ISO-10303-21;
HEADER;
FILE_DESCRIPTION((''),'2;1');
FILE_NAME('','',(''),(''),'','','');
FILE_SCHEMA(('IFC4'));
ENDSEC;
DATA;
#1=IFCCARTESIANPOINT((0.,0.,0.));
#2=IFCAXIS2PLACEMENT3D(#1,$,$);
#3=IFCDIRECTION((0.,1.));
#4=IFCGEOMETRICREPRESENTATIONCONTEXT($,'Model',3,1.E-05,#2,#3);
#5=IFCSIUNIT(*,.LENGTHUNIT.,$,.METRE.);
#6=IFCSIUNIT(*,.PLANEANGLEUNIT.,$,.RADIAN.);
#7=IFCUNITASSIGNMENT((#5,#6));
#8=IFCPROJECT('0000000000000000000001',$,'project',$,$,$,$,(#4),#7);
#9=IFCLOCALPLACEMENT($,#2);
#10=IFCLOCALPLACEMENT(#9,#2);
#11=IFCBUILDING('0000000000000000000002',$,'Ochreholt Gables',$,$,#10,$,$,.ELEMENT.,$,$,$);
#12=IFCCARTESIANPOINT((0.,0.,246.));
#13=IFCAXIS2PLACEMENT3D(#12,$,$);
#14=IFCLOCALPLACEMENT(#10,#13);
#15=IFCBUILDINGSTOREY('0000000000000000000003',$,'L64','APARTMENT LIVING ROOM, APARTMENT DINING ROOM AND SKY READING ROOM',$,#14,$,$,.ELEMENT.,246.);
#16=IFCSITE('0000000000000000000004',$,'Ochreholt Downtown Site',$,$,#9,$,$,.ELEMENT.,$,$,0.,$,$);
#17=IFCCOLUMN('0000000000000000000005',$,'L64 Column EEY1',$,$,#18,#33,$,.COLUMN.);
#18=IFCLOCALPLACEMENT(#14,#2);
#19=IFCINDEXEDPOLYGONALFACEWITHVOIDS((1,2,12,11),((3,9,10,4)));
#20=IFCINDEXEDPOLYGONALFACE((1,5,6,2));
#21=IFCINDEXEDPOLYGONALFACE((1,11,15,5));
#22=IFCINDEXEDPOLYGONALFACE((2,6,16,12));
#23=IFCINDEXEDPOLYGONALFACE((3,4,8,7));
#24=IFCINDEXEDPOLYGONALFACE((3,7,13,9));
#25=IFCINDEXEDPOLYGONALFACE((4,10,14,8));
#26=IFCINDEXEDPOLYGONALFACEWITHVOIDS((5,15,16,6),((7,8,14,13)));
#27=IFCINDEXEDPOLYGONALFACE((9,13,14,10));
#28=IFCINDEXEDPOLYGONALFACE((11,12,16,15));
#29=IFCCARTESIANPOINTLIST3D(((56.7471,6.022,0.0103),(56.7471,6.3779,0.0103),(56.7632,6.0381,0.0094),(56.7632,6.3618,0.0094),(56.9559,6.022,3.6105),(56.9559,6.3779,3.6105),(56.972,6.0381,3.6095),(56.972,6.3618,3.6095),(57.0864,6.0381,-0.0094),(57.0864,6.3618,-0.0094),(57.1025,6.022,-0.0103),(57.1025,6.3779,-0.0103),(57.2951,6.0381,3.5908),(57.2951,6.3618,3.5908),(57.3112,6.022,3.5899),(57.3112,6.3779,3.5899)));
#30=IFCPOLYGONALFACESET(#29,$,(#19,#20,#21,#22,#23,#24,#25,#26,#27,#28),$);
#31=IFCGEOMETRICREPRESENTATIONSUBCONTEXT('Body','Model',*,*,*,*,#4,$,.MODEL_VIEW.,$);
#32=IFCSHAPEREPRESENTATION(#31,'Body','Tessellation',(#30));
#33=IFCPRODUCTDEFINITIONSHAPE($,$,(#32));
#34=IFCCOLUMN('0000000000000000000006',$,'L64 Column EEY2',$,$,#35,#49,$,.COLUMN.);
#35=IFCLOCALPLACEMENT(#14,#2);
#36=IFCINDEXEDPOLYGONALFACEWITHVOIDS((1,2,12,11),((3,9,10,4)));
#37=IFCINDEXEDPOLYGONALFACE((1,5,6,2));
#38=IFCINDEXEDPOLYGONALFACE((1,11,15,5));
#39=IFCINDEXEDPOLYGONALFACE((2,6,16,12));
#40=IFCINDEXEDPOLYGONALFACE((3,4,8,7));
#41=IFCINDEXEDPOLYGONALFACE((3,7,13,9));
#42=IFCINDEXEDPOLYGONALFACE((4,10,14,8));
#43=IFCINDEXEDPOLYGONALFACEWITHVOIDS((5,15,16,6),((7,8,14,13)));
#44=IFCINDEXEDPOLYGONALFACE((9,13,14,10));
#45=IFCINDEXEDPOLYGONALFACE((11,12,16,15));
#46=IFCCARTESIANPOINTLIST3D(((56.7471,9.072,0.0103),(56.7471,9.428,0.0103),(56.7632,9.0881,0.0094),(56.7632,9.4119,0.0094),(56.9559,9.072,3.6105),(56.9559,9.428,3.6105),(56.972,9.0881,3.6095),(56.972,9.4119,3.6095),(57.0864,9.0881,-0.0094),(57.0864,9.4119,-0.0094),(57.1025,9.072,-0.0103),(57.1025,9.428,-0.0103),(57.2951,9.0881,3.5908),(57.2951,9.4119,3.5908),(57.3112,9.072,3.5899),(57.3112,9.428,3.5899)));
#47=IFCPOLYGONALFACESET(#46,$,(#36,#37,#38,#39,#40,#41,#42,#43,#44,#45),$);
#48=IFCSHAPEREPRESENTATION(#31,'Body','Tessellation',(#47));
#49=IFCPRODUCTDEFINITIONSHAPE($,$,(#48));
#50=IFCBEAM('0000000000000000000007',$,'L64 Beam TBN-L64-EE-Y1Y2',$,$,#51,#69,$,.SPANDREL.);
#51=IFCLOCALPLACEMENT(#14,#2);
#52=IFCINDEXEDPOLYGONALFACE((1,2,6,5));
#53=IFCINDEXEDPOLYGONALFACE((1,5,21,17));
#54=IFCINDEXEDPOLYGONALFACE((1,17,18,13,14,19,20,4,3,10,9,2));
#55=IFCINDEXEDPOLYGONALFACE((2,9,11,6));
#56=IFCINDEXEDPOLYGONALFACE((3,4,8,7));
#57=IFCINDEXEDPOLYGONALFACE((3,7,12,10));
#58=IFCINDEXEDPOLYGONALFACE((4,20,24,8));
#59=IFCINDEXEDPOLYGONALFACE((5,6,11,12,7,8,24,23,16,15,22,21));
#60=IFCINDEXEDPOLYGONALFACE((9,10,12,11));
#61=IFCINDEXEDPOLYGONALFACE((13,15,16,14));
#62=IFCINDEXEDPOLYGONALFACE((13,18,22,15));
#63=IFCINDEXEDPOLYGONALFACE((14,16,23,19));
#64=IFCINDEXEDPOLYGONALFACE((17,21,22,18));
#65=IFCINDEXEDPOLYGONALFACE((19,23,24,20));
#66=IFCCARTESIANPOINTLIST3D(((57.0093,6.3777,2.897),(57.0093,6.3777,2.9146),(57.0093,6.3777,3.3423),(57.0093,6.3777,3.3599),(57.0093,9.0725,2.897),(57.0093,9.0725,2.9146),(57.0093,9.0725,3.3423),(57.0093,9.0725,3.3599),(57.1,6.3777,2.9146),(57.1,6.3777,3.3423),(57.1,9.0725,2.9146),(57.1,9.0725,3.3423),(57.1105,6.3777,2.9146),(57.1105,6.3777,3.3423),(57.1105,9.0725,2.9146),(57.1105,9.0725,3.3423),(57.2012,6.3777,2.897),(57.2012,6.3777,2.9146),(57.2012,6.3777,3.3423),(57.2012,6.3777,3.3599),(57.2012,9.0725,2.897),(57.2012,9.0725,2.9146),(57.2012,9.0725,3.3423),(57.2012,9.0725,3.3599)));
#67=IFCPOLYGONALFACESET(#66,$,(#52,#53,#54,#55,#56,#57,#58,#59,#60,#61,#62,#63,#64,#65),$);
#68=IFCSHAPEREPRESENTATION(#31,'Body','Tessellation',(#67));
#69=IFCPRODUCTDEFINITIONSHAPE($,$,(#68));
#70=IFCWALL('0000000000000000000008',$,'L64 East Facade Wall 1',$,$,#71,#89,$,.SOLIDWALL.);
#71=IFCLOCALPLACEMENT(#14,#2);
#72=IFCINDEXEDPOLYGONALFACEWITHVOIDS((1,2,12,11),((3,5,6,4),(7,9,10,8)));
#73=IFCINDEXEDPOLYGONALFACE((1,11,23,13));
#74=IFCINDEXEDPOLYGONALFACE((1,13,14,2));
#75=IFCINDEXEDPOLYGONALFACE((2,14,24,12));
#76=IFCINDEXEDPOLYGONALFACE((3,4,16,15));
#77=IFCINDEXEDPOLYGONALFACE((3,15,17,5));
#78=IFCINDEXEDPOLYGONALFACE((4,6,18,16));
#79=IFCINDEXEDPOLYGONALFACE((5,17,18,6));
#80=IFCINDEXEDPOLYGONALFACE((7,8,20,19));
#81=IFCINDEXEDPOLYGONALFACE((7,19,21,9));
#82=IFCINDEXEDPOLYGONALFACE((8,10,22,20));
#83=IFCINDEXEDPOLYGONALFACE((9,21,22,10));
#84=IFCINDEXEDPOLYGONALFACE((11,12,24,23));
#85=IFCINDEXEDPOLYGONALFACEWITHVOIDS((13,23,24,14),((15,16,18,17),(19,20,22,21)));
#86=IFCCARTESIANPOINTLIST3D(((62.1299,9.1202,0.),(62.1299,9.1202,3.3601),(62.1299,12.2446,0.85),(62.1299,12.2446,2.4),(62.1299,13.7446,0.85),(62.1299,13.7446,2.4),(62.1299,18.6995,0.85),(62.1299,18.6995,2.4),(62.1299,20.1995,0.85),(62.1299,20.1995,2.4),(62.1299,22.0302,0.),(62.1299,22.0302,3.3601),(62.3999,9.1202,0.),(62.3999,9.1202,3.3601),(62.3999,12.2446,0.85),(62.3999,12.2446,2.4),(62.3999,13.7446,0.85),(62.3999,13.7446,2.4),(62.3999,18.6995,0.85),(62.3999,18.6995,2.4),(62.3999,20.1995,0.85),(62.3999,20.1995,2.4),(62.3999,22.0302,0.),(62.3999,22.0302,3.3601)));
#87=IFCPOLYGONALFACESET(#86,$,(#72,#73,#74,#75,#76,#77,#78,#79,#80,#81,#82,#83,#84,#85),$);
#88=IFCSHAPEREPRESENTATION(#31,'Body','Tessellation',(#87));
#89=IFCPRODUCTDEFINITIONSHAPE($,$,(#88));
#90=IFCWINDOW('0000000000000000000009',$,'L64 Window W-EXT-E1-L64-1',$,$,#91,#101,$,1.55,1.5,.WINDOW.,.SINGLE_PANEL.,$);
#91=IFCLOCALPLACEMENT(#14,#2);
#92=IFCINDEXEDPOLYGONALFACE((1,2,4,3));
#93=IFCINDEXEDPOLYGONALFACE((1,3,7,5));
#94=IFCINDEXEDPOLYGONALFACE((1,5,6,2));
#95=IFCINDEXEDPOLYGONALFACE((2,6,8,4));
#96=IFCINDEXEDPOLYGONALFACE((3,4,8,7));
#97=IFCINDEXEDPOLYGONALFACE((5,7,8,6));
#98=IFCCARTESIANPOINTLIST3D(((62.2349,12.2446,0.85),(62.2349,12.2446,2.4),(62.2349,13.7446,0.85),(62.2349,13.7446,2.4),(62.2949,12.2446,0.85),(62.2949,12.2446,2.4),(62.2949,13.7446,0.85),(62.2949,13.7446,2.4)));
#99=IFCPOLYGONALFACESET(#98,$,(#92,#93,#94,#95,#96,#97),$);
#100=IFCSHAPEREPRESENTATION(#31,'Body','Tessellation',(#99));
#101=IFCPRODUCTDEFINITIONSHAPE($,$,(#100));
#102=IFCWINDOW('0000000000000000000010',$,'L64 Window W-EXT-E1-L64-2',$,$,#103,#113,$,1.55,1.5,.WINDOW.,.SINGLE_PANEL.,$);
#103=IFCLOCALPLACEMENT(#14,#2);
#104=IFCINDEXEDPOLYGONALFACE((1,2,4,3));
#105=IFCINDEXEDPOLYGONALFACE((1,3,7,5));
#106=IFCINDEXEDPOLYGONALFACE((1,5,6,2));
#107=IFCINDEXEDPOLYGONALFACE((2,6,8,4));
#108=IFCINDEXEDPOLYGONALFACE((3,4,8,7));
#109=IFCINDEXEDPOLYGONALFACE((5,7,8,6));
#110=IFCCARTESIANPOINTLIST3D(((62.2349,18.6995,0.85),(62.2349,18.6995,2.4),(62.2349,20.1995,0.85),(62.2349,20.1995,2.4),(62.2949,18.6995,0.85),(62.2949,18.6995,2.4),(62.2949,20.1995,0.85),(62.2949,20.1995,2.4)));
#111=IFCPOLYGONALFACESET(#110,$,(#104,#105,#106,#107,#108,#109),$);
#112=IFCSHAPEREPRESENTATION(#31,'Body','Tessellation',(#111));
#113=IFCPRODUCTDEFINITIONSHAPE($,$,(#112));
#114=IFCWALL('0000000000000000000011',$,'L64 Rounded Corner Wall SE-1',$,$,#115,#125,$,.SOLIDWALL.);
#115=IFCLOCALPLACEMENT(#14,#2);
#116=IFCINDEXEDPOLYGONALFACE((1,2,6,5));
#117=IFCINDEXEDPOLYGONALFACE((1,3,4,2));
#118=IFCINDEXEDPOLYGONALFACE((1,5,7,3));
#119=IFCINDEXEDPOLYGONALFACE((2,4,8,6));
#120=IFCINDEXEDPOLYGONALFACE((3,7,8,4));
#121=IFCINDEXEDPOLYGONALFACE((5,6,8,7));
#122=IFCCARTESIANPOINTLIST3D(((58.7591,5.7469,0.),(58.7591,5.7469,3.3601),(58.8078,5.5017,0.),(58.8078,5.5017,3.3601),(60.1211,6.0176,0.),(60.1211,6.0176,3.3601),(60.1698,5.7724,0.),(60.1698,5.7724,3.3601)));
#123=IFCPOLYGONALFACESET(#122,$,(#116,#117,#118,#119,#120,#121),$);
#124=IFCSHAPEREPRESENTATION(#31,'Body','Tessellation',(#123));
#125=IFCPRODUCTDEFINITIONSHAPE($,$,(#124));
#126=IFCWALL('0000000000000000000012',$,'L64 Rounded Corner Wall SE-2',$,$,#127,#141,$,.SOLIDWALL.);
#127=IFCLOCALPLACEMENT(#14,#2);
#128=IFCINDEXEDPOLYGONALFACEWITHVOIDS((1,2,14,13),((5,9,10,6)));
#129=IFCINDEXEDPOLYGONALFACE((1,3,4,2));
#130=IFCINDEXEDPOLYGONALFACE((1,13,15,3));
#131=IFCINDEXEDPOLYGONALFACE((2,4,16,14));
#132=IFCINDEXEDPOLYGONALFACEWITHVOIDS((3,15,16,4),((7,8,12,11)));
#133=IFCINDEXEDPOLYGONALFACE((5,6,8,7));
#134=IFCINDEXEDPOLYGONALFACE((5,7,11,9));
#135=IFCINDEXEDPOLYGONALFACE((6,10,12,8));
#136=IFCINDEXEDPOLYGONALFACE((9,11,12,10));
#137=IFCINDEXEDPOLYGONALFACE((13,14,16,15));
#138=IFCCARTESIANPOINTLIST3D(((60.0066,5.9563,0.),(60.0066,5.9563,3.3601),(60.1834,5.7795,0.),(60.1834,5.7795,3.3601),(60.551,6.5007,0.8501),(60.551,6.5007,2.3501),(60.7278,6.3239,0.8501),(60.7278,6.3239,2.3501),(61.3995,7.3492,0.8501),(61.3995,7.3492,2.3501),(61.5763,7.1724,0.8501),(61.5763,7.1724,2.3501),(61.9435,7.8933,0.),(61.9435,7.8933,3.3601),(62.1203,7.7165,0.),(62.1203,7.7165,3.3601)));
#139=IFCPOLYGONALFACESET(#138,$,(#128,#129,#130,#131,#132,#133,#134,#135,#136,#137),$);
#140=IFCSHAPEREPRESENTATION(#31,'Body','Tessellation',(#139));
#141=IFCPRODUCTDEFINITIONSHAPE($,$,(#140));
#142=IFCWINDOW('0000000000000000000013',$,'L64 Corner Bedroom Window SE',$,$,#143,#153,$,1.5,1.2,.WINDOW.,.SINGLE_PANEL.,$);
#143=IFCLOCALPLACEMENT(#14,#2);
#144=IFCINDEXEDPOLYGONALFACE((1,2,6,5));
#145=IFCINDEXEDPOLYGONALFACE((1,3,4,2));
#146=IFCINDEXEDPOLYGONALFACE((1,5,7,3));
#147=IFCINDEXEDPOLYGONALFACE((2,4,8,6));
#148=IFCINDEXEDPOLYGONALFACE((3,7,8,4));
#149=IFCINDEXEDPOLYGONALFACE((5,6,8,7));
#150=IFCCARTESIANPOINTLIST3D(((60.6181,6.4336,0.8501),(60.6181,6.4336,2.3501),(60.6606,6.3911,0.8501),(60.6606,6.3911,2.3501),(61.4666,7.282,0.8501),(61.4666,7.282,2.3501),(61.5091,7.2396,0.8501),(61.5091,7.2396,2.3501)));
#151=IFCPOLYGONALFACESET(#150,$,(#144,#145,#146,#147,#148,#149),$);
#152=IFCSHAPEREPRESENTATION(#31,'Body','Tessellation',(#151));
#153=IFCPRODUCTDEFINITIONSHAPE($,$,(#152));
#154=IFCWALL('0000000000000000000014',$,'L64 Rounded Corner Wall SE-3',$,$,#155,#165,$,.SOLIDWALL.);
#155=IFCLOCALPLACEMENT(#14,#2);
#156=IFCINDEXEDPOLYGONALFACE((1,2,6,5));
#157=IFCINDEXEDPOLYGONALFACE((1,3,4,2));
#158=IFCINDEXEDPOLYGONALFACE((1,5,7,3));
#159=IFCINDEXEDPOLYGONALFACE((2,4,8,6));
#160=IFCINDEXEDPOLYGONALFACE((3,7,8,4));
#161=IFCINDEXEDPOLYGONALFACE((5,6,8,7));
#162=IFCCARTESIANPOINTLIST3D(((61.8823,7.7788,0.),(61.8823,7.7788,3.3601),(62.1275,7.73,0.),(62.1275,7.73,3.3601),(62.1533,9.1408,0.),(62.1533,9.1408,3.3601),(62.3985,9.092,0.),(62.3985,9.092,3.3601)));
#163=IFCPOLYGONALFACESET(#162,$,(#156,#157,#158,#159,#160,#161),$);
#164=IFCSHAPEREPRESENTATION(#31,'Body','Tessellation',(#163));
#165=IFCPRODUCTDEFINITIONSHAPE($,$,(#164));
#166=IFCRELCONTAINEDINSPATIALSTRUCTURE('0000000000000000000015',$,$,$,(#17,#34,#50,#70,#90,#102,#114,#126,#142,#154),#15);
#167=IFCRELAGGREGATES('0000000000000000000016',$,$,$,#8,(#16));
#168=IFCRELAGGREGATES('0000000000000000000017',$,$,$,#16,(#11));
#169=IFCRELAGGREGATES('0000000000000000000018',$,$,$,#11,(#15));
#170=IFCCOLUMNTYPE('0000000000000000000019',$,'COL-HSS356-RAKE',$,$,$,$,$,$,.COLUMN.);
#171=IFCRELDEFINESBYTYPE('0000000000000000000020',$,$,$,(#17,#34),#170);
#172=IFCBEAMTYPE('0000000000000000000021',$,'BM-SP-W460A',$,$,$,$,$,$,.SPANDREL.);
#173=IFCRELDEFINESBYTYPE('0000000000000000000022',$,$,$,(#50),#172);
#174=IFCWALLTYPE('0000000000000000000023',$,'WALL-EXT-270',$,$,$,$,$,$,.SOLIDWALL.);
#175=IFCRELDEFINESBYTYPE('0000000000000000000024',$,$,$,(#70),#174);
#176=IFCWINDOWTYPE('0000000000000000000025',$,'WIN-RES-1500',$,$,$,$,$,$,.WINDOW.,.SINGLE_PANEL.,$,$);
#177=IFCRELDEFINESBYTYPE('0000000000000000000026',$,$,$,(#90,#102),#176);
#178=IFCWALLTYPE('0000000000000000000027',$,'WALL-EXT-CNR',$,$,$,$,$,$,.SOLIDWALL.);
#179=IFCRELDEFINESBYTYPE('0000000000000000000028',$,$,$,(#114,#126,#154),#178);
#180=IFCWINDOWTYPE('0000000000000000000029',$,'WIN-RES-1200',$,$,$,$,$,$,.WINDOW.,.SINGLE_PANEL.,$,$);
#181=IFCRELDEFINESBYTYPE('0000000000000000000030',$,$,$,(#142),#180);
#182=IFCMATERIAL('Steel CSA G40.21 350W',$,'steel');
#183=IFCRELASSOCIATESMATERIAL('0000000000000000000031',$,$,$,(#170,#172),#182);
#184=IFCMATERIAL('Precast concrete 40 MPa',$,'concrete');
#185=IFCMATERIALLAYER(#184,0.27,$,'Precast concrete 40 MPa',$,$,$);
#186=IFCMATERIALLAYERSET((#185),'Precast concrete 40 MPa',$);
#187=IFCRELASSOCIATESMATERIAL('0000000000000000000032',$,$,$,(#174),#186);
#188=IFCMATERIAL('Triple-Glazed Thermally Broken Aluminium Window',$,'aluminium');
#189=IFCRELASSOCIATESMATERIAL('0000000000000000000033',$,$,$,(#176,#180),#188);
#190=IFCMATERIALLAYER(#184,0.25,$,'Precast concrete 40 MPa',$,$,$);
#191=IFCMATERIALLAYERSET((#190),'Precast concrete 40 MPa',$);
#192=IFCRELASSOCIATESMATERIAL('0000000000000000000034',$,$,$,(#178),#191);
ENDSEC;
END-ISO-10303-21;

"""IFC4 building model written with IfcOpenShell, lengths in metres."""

from ifc_helpers import new_model, si_unit, direction, frame, frame_2d, origin, origin_2d, place, context, subcontext, project, spatial, rectangle, hollow_rectangle, i_section, extrude, material, layer, layer_set, material_profile, profile_set, type_object, element, fill, save


model = new_model("IFC4")

# Units and contexts
model_context = context("Model", 3, precision=1e-05, world=origin(), true_north=direction((0.0, 1.0)))
body_context = subcontext(model_context, "Body", "Model", "MODEL_VIEW")
ifc_project = project(units=[si_unit("LENGTHUNIT", "METRE"), si_unit("PLANEANGLEUNIT", "RADIAN")], contexts=[model_context])

# Site, building, storey
site_placement = place(None, origin())
site = spatial("IfcSite", under=ifc_project, at=site_placement, Name="Ochreholt Downtown Site", CompositionType="ELEMENT", RefElevation=0.0)
building_placement = place(site_placement, origin())
building = spatial("IfcBuilding", under=site, at=building_placement, Name="Ochreholt Gables", CompositionType="ELEMENT")
storey_placement = place(building_placement, frame((0.0, 0.0, 246.0)))
storey = spatial("IfcBuildingStorey", under=building, at=storey_placement, Name="L64", Description="APARTMENT LIVING ROOM, APARTMENT DINING ROOM AND SKY READING ROOM", CompositionType="ELEMENT", Elevation=246.0)

# Columns
ifc_material_1 = material(Name="Steel CSA G40.21 350W", Category="steel")
ifc_material_profile_1 = material_profile(ifc_material_1, hollow_rectangle(XDim=0.356, YDim=0.356, WallThickness=0.0161, at=origin_2d()), Name="HSS356X356X16")
ifc_profile_set_1 = profile_set([ifc_material_profile_1], Name="Steel CSA G40.21 350W")
column_type = type_object("IfcColumnType", Name="COL-HSS356-RAKE", PredefinedType="COLUMN", material=ifc_profile_set_1)
for number, where, z_axis, x_axis, name in (
    (1, (56.9248, 6.2, 0.0), (0.057885, 0.0, 0.998323), (0.0, 1.0, 0.0), "L64 Column EEY1"),
    (2, (56.9248, 9.25, 0.0), (0.057885, 0.0, 0.998323), (0.0, 1.0, 0.0), "L64 Column EEY2"),
):
    element("IfcColumn", number, at=place(storey_placement, frame(where, z_axis=z_axis, x_axis=x_axis)), inside=storey, type_object=column_type, Name=name, PredefinedType="COLUMN", context=body_context, shape_type="SweptSolid", body=[
        extrude(hollow_rectangle(XDim=0.356, YDim=0.356, WallThickness=0.0161, at=origin_2d()), origin(), (0.0, 0.0, 1.0), 3.6062),
    ])

# Beam
ifc_material_profile_2 = material_profile(ifc_material_1, i_section(OverallWidth=0.1919, OverallDepth=0.4629, WebThickness=0.0105, FlangeThickness=0.0176, at=origin_2d()), Name="W460X89")
ifc_profile_set_2 = profile_set([ifc_material_profile_2], Name="Steel CSA G40.21 350W")
beam_type = type_object("IfcBeamType", Name="BM-SP-W460A", PredefinedType="SPANDREL", material=ifc_profile_set_2)
beam_placement = place(storey_placement, frame((57.1052, 6.3777, 3.1284), z_axis=(0.0, 1.0, 0.0), x_axis=(-1.0, 0.0, 0.0)))
element("IfcBeam", 3, at=beam_placement, inside=storey, type_object=beam_type, Name="L64 Beam TBN-L64-EE-Y1Y2", PredefinedType="SPANDREL", context=body_context, shape_type="SweptSolid", body=[
    extrude(i_section(OverallWidth=0.1919, OverallDepth=0.4629, WebThickness=0.0105, FlangeThickness=0.0176, at=origin_2d()), origin(), (0.0, 0.0, 1.0), 2.6948),
])

# Wall, openings, windows
ifc_material_2 = material(Name="Precast concrete 40 MPa", Category="concrete")
ifc_layer_1 = layer(ifc_material_2, 0.27, Name="Precast concrete 40 MPa")
ifc_layer_set_1 = layer_set([ifc_layer_1], Name="Precast concrete 40 MPa")
wall_type_1 = type_object("IfcWallType", Name="WALL-EXT-270", PredefinedType="SOLIDWALL", material=ifc_layer_set_1)
wall_1_placement = place(storey_placement, frame((62.2649, 9.1201, 0.0), z_axis=(0.0, 0.0, 1.0), x_axis=(0.0, 1.0, 0.0)))
wall_1 = element("IfcWall", 4, at=wall_1_placement, inside=storey, type_object=wall_type_1, Name="L64 East Facade Wall 1", PredefinedType="SOLIDWALL", context=body_context, shape_type="SweptSolid", body=[
    extrude(rectangle(XDim=12.9099, YDim=0.27, at=frame_2d((6.4551, 0.0))), origin(), (0.0, 0.0, 1.0), 3.3601),
])
opening_1_placement = place(wall_1_placement, frame((3.1245, 0.0, 0.8501)))
opening_1 = element("IfcOpeningElement", 5, at=opening_1_placement, cuts=wall_1, PredefinedType="OPENING", context=body_context, shape_type="SweptSolid", body=[
    extrude(rectangle(XDim=1.5, YDim=1.55, at=frame_2d((0.75, 0.7749))), frame((0.0, 0.145, 0.0), z_axis=(0.0, -1.0, 0.0), x_axis=(1.0, 0.0, 0.0)), (0.0, 0.0, 1.0), 0.29),
])
opening_2_placement = place(wall_1_placement, frame((9.5793, 0.0, 0.8501)))
opening_2 = element("IfcOpeningElement", 6, at=opening_2_placement, cuts=wall_1, PredefinedType="OPENING", context=body_context, shape_type="SweptSolid", body=[
    extrude(rectangle(XDim=1.5, YDim=1.55, at=frame_2d((0.75, 0.7749))), frame((0.0, 0.145, 0.0), z_axis=(0.0, -1.0, 0.0), x_axis=(1.0, 0.0, 0.0)), (0.0, 0.0, 1.0), 0.29),
])
ifc_material_3 = material(Name="Triple-Glazed Thermally Broken Aluminium Window", Category="aluminium")
window_type_1 = type_object("IfcWindowType", Name="WIN-RES-1500", PartitioningType="SINGLE_PANEL", PredefinedType="WINDOW", material=ifc_material_3)
window_1_placement = place(opening_1_placement, origin())
window_1 = element("IfcWindow", 7, at=window_1_placement, inside=storey, type_object=window_type_1, Name="L64 Window W-EXT-E1-L64-1", OverallHeight=1.55, OverallWidth=1.5, PartitioningType="SINGLE_PANEL", PredefinedType="WINDOW", context=body_context, shape_type="SweptSolid", body=[
    extrude(rectangle(XDim=1.5, YDim=1.55, at=frame_2d((0.75, 0.7749))), frame((0.0, 0.03, 0.0), z_axis=(0.0, -1.0, 0.0), x_axis=(1.0, 0.0, 0.0)), (0.0, 0.0, 1.0), 0.0601),
])
fill(opening_1, window_1)
window_2_placement = place(opening_2_placement, origin())
window_2 = element("IfcWindow", 8, at=window_2_placement, inside=storey, type_object=window_type_1, Name="L64 Window W-EXT-E1-L64-2", OverallHeight=1.55, OverallWidth=1.5, PartitioningType="SINGLE_PANEL", PredefinedType="WINDOW", context=body_context, shape_type="SweptSolid", body=[
    extrude(rectangle(XDim=1.5, YDim=1.55, at=frame_2d((0.75, 0.7749))), frame((0.0, 0.03, 0.0), z_axis=(0.0, -1.0, 0.0), x_axis=(1.0, 0.0, 0.0)), (0.0, 0.0, 1.0), 0.0601),
])
fill(opening_2, window_2)

# Wall
ifc_layer_2 = layer(ifc_material_2, 0.25, Name="Precast concrete 40 MPa")
ifc_layer_set_2 = layer_set([ifc_layer_2], Name="Precast concrete 40 MPa")
wall_type_2 = type_object("IfcWallType", Name="WALL-EXT-CNR", PredefinedType="SOLIDWALL", material=ifc_layer_set_2)
wall_2_placement = place(storey_placement, frame((58.7834, 5.6243, 0.0), z_axis=(0.0, 0.0, 1.0), x_axis=(0.98081, 0.194967, 0.0)))
element("IfcWall", 9, at=wall_2_placement, inside=storey, type_object=wall_type_2, Name="L64 Rounded Corner Wall SE-1", PredefinedType="SOLIDWALL", context=body_context, shape_type="SweptSolid", body=[
    extrude(rectangle(XDim=1.3887, YDim=0.25, at=frame_2d((0.6943, 0.0))), origin(), (0.0, 0.0, 1.0), 3.3601),
])

# Wall, opening, window
wall_3_placement = place(storey_placement, frame((60.095, 5.8679, 0.0), z_axis=(0.0, 0.0, 1.0), x_axis=(0.707107, 0.707107, 0.0)))
wall_3 = element("IfcWall", 10, at=wall_3_placement, inside=storey, type_object=wall_type_2, Name="L64 Rounded Corner Wall SE-2", PredefinedType="SOLIDWALL", context=body_context, shape_type="SweptSolid", body=[
    extrude(rectangle(XDim=2.7393, YDim=0.25, at=frame_2d((1.3696, 0.0))), origin(), (0.0, 0.0, 1.0), 3.3601),
])
opening_3_placement = place(wall_3_placement, frame((0.7698, 0.0, 0.8501)))
opening_3 = element("IfcOpeningElement", 11, at=opening_3_placement, cuts=wall_3, PredefinedType="OPENING", context=body_context, shape_type="SweptSolid", body=[
    extrude(rectangle(XDim=1.2, YDim=1.5, at=frame_2d((0.6001, 0.75))), frame((0.0, 0.135, 0.0), z_axis=(0.0, -1.0, 0.0), x_axis=(1.0, 0.0, 0.0)), (0.0, 0.0, 1.0), 0.27),
])
window_type_2 = type_object("IfcWindowType", Name="WIN-RES-1200", PartitioningType="SINGLE_PANEL", PredefinedType="WINDOW", material=ifc_material_3)
window_3_placement = place(opening_3_placement, origin())
window_3 = element("IfcWindow", 12, at=window_3_placement, inside=storey, type_object=window_type_2, Name="L64 Corner Bedroom Window SE", OverallHeight=1.5, OverallWidth=1.2, PartitioningType="SINGLE_PANEL", PredefinedType="WINDOW", context=body_context, shape_type="SweptSolid", body=[
    extrude(rectangle(XDim=1.2, YDim=1.5, at=frame_2d((0.6001, 0.75))), frame((0.0, 0.03, 0.0), z_axis=(0.0, -1.0, 0.0), x_axis=(1.0, 0.0, 0.0)), (0.0, 0.0, 1.0), 0.0601),
])
fill(opening_3, window_3)

# Wall
wall_4_placement = place(storey_placement, frame((62.0049, 7.7544, 0.0), z_axis=(0.0, 0.0, 1.0), x_axis=(0.195136, 0.980776, 0.0)))
element("IfcWall", 13, at=wall_4_placement, inside=storey, type_object=wall_type_2, Name="L64 Rounded Corner Wall SE-3", PredefinedType="SOLIDWALL", context=body_context, shape_type="SweptSolid", body=[
    extrude(rectangle(XDim=1.3887, YDim=0.25, at=frame_2d((0.6943, 0.0))), origin(), (0.0, 0.0, 1.0), 3.3601),
])

save(model, "model.ifc")
